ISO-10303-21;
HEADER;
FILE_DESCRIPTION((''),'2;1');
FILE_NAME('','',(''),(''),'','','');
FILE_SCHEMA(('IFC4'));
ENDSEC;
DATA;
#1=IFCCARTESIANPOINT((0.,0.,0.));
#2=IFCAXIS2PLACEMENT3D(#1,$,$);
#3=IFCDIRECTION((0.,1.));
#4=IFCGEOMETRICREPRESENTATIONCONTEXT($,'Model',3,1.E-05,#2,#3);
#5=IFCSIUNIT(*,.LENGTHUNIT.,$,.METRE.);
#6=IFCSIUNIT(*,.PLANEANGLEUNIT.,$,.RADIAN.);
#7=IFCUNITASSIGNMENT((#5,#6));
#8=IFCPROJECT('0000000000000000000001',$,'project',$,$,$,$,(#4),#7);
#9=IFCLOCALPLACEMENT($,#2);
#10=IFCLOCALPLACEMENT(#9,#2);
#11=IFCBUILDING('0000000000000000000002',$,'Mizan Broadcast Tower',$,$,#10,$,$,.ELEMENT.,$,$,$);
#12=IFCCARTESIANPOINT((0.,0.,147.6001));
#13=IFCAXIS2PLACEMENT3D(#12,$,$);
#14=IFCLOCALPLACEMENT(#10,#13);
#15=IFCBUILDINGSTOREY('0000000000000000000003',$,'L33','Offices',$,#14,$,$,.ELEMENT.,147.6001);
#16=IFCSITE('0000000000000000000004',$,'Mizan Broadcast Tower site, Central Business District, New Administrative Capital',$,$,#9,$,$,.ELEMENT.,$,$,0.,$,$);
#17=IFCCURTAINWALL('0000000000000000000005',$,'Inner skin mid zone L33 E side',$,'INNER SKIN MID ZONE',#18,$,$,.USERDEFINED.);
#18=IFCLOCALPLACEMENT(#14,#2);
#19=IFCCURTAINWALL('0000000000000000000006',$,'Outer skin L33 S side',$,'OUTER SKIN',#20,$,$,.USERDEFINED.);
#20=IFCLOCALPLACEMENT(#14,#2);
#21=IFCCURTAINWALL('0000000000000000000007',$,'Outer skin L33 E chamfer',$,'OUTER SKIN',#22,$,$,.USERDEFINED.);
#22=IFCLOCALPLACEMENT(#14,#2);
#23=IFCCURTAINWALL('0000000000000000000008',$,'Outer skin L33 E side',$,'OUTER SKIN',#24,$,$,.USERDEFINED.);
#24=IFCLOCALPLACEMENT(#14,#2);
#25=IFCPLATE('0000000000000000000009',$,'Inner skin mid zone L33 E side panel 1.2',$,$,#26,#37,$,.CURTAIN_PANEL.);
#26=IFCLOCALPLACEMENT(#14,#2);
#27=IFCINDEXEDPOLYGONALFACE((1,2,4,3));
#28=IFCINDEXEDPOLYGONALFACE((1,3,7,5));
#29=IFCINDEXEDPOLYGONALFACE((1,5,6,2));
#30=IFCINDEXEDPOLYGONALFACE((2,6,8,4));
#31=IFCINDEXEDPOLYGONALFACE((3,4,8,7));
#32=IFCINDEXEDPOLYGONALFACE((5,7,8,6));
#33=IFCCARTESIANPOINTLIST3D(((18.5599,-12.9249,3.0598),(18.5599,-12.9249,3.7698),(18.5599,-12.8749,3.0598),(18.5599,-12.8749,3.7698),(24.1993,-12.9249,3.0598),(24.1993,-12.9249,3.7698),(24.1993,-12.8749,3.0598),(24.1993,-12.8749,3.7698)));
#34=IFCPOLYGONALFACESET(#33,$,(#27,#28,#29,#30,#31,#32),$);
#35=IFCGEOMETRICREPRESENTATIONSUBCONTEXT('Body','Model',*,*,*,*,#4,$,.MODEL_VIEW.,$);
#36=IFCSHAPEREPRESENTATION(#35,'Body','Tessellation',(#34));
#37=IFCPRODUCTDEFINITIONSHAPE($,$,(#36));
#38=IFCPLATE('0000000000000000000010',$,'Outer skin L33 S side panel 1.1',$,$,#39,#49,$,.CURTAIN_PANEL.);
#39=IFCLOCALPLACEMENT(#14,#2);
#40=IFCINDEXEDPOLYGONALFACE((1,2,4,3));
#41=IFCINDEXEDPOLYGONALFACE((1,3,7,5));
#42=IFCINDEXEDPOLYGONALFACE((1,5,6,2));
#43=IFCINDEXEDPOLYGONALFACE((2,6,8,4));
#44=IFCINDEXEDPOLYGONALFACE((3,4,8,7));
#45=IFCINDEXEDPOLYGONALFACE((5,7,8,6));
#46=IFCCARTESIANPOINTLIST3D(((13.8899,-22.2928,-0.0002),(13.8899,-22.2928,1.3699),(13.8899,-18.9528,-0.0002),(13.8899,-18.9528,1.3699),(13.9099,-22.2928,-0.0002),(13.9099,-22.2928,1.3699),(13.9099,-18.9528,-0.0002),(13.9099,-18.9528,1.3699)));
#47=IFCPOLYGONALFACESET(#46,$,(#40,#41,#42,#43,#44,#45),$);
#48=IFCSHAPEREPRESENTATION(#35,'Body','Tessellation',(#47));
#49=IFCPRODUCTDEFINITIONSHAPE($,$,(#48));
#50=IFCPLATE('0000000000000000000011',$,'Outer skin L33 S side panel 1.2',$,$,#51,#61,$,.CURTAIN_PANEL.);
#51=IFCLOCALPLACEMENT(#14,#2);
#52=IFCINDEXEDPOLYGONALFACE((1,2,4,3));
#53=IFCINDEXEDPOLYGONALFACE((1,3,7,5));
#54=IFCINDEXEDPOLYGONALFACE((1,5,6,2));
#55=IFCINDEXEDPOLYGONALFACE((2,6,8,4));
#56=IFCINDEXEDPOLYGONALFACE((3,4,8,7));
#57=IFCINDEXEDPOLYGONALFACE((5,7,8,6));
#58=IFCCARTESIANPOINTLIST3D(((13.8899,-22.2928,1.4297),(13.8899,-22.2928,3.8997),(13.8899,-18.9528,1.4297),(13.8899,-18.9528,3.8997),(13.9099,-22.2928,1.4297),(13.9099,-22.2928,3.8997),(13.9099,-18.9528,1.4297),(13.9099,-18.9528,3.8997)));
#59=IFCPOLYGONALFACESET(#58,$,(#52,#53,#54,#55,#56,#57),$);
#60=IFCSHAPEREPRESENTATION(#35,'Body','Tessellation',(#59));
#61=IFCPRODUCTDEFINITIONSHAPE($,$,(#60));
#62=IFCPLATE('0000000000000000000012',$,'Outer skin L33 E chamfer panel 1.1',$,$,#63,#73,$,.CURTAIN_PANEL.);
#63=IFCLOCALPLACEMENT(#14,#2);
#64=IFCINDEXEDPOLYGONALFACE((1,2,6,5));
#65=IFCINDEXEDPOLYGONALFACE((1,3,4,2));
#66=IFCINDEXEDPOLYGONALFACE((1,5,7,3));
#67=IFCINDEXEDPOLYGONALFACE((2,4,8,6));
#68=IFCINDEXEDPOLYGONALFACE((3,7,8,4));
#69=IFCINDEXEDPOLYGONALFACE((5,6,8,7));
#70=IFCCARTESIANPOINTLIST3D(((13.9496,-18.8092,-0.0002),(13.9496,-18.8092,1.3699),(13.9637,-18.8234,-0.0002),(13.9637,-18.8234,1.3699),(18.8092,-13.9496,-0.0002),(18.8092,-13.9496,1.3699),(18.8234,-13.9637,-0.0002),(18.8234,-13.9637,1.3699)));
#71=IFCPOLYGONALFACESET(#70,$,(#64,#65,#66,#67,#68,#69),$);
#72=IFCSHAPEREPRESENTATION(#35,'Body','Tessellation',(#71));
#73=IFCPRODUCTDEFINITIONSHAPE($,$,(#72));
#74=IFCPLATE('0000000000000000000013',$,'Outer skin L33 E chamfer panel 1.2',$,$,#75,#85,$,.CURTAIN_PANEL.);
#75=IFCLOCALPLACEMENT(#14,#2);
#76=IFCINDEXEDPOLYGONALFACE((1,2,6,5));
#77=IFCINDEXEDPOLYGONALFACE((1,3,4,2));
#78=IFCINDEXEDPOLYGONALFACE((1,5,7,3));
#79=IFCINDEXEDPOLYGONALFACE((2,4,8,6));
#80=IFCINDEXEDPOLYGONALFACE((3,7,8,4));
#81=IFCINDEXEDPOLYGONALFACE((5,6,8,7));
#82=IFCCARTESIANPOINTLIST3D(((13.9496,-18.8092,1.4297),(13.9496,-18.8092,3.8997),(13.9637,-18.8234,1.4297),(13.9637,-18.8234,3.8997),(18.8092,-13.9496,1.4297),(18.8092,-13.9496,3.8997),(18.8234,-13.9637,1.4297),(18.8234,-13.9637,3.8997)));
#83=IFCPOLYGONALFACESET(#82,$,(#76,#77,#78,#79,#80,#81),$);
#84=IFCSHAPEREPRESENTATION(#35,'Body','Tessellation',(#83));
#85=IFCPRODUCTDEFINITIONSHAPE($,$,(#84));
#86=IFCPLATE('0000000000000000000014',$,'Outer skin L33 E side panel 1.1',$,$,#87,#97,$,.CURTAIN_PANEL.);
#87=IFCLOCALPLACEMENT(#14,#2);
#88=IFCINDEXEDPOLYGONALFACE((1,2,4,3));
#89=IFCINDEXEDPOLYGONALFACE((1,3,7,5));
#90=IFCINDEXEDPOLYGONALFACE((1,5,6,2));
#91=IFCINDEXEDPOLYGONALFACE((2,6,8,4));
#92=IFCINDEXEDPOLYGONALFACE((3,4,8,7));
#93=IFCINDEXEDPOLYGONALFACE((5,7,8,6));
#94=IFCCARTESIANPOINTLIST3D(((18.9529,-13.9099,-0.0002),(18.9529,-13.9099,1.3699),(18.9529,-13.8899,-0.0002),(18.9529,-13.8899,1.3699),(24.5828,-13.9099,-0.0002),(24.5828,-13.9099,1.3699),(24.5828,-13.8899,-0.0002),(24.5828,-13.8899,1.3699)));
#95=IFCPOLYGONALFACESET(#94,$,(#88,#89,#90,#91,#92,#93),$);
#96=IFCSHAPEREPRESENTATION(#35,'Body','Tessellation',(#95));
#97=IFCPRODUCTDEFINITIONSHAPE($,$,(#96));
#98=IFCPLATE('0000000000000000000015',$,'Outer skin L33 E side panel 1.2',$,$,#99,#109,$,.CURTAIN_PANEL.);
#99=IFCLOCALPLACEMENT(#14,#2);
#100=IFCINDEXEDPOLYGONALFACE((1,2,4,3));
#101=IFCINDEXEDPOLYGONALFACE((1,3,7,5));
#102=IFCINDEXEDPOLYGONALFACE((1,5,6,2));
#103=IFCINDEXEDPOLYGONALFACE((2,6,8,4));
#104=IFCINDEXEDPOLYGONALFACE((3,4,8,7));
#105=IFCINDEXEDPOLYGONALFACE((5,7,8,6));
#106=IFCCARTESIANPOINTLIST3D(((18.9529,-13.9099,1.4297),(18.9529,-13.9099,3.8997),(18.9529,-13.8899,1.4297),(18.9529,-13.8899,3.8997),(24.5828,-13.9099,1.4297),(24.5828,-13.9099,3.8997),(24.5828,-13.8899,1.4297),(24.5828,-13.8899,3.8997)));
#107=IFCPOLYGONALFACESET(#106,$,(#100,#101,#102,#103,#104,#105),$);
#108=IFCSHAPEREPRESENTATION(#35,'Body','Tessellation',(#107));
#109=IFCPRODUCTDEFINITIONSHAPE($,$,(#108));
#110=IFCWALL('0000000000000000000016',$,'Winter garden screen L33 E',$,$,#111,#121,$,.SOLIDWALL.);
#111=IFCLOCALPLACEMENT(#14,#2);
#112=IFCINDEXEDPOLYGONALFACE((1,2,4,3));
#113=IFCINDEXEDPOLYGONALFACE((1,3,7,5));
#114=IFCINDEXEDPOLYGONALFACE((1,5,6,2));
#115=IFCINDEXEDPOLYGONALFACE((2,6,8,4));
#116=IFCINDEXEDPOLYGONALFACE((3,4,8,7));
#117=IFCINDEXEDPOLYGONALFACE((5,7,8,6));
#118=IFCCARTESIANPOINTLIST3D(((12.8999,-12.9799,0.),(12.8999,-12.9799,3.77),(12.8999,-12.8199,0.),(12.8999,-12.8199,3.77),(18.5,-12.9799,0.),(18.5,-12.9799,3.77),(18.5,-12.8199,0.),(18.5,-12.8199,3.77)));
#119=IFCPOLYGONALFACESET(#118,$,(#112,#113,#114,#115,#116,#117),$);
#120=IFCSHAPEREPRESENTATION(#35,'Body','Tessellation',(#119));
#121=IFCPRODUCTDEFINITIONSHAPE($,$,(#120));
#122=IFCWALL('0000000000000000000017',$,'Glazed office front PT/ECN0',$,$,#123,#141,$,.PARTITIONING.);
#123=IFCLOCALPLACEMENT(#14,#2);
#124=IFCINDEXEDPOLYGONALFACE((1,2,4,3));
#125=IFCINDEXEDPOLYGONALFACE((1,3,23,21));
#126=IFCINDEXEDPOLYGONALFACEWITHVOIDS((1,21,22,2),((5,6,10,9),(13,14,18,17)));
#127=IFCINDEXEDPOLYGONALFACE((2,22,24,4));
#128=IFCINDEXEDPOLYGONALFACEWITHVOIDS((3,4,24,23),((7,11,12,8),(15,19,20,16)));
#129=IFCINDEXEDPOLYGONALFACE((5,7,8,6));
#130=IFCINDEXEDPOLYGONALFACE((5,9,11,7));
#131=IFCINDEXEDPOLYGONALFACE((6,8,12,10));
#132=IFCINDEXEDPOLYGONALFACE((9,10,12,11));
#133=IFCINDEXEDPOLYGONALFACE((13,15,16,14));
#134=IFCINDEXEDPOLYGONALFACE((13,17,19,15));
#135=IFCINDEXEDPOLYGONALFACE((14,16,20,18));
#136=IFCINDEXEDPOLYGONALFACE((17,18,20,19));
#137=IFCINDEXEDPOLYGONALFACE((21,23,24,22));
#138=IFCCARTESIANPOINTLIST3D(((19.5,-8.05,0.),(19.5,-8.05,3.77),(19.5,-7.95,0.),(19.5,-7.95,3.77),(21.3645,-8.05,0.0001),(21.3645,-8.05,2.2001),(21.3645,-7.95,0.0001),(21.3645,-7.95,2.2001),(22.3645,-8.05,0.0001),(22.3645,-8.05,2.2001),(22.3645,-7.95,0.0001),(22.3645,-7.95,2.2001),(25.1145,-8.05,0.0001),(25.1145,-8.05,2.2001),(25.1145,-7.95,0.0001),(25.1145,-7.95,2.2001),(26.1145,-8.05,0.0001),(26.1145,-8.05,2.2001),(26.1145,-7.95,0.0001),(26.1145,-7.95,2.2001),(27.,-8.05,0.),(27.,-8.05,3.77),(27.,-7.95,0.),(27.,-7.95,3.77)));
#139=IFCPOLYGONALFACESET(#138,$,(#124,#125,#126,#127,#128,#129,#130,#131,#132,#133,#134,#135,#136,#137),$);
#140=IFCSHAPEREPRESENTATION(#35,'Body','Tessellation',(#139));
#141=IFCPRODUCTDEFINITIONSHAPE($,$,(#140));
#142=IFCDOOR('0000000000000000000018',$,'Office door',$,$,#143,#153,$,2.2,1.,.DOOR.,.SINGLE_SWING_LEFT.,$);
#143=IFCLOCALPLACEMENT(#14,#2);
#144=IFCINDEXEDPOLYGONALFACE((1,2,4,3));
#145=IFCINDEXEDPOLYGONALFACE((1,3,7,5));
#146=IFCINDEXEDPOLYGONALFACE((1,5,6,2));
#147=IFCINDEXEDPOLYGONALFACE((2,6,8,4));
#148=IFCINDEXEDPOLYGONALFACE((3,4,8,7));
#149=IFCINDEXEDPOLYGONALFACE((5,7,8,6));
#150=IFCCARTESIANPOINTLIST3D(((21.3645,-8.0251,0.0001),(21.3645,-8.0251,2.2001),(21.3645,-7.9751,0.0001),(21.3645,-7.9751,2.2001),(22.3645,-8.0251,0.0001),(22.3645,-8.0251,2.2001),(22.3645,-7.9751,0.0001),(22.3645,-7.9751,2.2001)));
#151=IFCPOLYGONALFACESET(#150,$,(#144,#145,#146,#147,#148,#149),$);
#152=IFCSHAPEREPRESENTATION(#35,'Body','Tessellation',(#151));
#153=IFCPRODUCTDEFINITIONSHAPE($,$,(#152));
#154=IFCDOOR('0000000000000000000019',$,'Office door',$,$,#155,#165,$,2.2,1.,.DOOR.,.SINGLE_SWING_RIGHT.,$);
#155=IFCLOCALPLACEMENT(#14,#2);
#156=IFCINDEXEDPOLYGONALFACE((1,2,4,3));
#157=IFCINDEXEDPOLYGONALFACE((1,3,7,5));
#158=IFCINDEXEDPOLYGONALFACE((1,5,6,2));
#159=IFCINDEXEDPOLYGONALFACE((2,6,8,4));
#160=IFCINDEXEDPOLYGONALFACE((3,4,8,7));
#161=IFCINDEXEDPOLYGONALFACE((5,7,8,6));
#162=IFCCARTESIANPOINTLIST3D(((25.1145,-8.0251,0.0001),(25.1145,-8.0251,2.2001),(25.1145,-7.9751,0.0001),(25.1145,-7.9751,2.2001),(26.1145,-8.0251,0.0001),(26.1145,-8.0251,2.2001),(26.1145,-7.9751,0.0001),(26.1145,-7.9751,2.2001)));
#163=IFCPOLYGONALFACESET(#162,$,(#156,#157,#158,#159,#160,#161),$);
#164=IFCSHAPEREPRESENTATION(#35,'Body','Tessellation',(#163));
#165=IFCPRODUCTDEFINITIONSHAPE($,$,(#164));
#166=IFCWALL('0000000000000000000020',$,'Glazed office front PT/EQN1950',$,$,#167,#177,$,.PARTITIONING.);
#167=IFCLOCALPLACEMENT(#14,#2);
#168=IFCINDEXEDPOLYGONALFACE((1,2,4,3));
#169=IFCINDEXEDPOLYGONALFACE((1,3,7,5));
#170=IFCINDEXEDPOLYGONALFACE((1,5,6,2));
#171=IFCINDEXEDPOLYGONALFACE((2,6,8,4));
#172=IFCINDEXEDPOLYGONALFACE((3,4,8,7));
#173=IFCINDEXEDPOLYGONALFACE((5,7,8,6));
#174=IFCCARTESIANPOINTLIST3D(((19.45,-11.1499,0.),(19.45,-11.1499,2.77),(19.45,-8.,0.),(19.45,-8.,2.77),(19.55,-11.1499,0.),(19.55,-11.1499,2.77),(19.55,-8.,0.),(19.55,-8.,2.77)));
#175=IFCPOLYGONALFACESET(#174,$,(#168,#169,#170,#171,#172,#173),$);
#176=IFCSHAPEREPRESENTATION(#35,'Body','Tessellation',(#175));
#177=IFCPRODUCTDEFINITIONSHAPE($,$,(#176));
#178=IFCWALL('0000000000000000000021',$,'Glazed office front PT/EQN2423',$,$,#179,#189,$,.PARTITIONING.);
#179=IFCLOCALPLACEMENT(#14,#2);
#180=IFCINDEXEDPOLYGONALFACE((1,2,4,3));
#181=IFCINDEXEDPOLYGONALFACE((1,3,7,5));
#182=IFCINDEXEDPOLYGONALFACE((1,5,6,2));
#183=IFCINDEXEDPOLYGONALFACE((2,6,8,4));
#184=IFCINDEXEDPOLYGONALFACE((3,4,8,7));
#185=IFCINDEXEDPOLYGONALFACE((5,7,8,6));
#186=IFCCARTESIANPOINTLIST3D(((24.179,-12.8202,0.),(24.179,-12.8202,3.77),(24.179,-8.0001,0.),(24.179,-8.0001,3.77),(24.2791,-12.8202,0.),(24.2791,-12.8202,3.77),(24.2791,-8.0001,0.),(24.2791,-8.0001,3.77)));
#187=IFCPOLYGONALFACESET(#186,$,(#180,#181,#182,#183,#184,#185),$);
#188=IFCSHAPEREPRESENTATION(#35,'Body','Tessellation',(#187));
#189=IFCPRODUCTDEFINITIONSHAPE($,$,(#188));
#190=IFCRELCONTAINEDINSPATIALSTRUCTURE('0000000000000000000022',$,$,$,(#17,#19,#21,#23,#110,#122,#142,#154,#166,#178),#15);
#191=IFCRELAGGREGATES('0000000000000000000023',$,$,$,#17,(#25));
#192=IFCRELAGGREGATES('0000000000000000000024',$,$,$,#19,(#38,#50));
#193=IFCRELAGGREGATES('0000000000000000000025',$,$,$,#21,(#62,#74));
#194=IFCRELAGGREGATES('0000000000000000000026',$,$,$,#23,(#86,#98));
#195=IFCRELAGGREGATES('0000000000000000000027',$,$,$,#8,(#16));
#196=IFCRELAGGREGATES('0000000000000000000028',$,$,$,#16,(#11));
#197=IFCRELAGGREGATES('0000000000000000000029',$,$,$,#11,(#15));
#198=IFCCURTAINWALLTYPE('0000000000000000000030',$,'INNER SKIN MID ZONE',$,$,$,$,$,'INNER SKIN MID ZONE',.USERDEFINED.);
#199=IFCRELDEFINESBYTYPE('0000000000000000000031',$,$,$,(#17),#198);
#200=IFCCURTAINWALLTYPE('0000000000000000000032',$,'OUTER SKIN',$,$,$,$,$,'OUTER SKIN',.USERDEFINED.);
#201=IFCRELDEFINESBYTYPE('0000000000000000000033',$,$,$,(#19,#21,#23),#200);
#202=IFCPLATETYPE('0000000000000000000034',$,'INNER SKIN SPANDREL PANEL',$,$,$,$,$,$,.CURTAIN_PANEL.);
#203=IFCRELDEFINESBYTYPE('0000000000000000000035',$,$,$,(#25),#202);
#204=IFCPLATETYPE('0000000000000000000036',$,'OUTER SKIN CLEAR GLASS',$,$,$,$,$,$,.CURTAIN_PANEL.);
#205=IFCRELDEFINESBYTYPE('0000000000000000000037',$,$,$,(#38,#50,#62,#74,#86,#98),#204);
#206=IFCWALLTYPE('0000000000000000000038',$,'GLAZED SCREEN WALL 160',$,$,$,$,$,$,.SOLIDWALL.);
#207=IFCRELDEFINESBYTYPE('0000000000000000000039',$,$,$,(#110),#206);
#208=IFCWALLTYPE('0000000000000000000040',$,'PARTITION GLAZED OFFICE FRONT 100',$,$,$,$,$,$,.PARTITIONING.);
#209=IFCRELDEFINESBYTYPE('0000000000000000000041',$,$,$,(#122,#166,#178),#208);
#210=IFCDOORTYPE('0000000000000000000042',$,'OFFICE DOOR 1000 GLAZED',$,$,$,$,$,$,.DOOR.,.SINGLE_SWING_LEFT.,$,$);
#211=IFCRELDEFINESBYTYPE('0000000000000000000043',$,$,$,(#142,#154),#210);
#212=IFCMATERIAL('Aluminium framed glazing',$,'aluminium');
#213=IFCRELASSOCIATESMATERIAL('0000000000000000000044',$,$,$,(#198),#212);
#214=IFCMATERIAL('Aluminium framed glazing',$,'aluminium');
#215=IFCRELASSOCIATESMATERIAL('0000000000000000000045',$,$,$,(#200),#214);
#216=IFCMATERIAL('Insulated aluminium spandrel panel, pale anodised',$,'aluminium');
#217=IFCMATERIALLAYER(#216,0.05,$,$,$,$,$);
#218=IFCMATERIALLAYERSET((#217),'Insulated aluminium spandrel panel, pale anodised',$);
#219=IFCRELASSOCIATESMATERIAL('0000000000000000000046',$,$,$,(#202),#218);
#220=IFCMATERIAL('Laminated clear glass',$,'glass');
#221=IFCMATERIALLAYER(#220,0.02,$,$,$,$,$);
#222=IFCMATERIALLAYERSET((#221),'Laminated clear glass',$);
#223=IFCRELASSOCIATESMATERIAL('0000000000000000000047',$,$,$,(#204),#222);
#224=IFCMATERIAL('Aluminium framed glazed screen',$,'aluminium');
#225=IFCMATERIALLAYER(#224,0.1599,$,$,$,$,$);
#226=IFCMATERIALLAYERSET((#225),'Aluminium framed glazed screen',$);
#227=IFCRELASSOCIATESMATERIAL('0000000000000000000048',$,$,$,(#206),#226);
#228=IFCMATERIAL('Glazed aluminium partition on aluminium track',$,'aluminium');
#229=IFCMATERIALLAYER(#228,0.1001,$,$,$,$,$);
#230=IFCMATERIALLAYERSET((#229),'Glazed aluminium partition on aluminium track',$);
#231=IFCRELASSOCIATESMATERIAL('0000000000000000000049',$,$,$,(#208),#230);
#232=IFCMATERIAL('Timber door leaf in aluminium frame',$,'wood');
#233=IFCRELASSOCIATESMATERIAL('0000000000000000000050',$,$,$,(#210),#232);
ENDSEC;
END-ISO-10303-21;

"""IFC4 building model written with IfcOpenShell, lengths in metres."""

from ifc_helpers import new_model, si_unit, direction, frame, frame_2d, origin, origin_2d, place, context, subcontext, project, spatial, rectangle, extrude, material, layer, layer_set, type_object, element, fill, aggregate, save


model = new_model("IFC4")

# Units and contexts
model_context = context("Model", 3, precision=1e-05, world=origin(), true_north=direction((0.0, 1.0)))
body_context = subcontext(model_context, "Body", "Model", "MODEL_VIEW")
ifc_project = project(units=[si_unit("LENGTHUNIT", "METRE"), si_unit("PLANEANGLEUNIT", "RADIAN")], contexts=[model_context])

# Site, building, storey
site_placement = place(None, origin())
site = spatial("IfcSite", under=ifc_project, at=site_placement, Name="Mizan Broadcast Tower site, Central Business District, New Administrative Capital", CompositionType="ELEMENT", RefElevation=0.0)
building_placement = place(site_placement, origin())
building = spatial("IfcBuilding", under=site, at=building_placement, Name="Mizan Broadcast Tower", CompositionType="ELEMENT")
storey_placement = place(building_placement, frame((0.0, 0.0, 147.6001)))
storey = spatial("IfcBuildingStorey", under=building, at=storey_placement, Name="L33", Description="Offices", CompositionType="ELEMENT", Elevation=147.6001)

# Curtain wall
ifc_material_1 = material(Name="Aluminium framed glazing", Category="aluminium")
curtain_wall_type_1 = type_object("IfcCurtainWallType", Name="INNER SKIN MID ZONE", ElementType="INNER SKIN MID ZONE", PredefinedType="USERDEFINED", material=ifc_material_1)
curtain_wall_1_placement = place(storey_placement, origin())
curtain_wall_1 = element("IfcCurtainWall", 1, at=curtain_wall_1_placement, inside=storey, type_object=curtain_wall_type_1, Name="Inner skin mid zone L33 E side", ObjectType="INNER SKIN MID ZONE", PredefinedType="USERDEFINED")

# Curtain walls
ifc_material_2 = material(Name="Aluminium framed glazing", Category="aluminium")
curtain_wall_type_2 = type_object("IfcCurtainWallType", Name="OUTER SKIN", ElementType="OUTER SKIN", PredefinedType="USERDEFINED", material=ifc_material_2)
curtain_wall_2_placement = place(storey_placement, origin())
curtain_wall_2 = element("IfcCurtainWall", 2, at=curtain_wall_2_placement, inside=storey, type_object=curtain_wall_type_2, Name="Outer skin L33 S side", ObjectType="OUTER SKIN", PredefinedType="USERDEFINED")
curtain_wall_3_placement = place(storey_placement, origin())
curtain_wall_3 = element("IfcCurtainWall", 3, at=curtain_wall_3_placement, inside=storey, type_object=curtain_wall_type_2, Name="Outer skin L33 E chamfer", ObjectType="OUTER SKIN", PredefinedType="USERDEFINED")
curtain_wall_4_placement = place(storey_placement, origin())
curtain_wall_4 = element("IfcCurtainWall", 4, at=curtain_wall_4_placement, inside=storey, type_object=curtain_wall_type_2, Name="Outer skin L33 E side", ObjectType="OUTER SKIN", PredefinedType="USERDEFINED")

# Plates
ifc_material_3 = material(Name="Insulated aluminium spandrel panel, pale anodised", Category="aluminium")
ifc_layer_1 = layer(ifc_material_3, 0.05)
ifc_layer_set_1 = layer_set([ifc_layer_1], Name="Insulated aluminium spandrel panel, pale anodised")
plate_type_1 = type_object("IfcPlateType", Name="INNER SKIN SPANDREL PANEL", PredefinedType="CURTAIN_PANEL", material=ifc_layer_set_1)
plate_1_placement = place(storey_placement, frame((21.3796, -12.8999, 3.0598), z_axis=(0.0, 0.0, 1.0), x_axis=(1.0, 0.0, 0.0)))
plate_1 = element("IfcPlate", 5, at=plate_1_placement, type_object=plate_type_1, Name="Inner skin mid zone L33 E side panel 1.2", PredefinedType="CURTAIN_PANEL", context=body_context, shape_type="SweptSolid", body=[
    extrude(rectangle(XDim=5.6394, YDim=0.05, at=origin_2d()), origin(), (0.0, 0.0, 1.0), 0.71),
])
aggregate(curtain_wall_1, [plate_1])
ifc_material_4 = material(Name="Laminated clear glass", Category="glass")
ifc_layer_2 = layer(ifc_material_4, 0.02)
ifc_layer_set_2 = layer_set([ifc_layer_2], Name="Laminated clear glass")
plate_type_2 = type_object("IfcPlateType", Name="OUTER SKIN CLEAR GLASS", PredefinedType="CURTAIN_PANEL", material=ifc_layer_set_2)
plate_2_placement = place(storey_placement, frame((13.8999, -20.6228, -0.0002), z_axis=(0.0, 0.0, 1.0), x_axis=(0.0, 1.0, 0.0)))
plate_2 = element("IfcPlate", 6, at=plate_2_placement, type_object=plate_type_2, Name="Outer skin L33 S side panel 1.1", PredefinedType="CURTAIN_PANEL", context=body_context, shape_type="SweptSolid", body=[
    extrude(rectangle(XDim=3.3401, YDim=0.02, at=origin_2d()), origin(), (0.0, 0.0, 1.0), 1.3701),
])
plate_3_placement = place(storey_placement, frame((13.8999, -20.6228, 1.4297), z_axis=(0.0, 0.0, 1.0), x_axis=(0.0, 1.0, 0.0)))
plate_3 = element("IfcPlate", 7, at=plate_3_placement, type_object=plate_type_2, Name="Outer skin L33 S side panel 1.2", PredefinedType="CURTAIN_PANEL", context=body_context, shape_type="SweptSolid", body=[
    extrude(rectangle(XDim=3.3401, YDim=0.02, at=origin_2d()), origin(), (0.0, 0.0, 1.0), 2.47),
])
aggregate(curtain_wall_2, [plate_2, plate_3])
plate_4_placement = place(storey_placement, frame((16.3865, -16.3865, -0.0002), z_axis=(0.0, 0.0, 1.0), x_axis=(0.707107, 0.707107, 0.0)))
plate_4 = element("IfcPlate", 8, at=plate_4_placement, type_object=plate_type_2, Name="Outer skin L33 E chamfer panel 1.1", PredefinedType="CURTAIN_PANEL", context=body_context, shape_type="SweptSolid", body=[
    extrude(rectangle(XDim=6.8726, YDim=0.02, at=origin_2d()), origin(), (0.0, 0.0, 1.0), 1.3701),
])
plate_5_placement = place(storey_placement, frame((16.3865, -16.3865, 1.4297), z_axis=(0.0, 0.0, 1.0), x_axis=(0.707107, 0.707107, 0.0)))
plate_5 = element("IfcPlate", 9, at=plate_5_placement, type_object=plate_type_2, Name="Outer skin L33 E chamfer panel 1.2", PredefinedType="CURTAIN_PANEL", context=body_context, shape_type="SweptSolid", body=[
    extrude(rectangle(XDim=6.8726, YDim=0.02, at=origin_2d()), origin(), (0.0, 0.0, 1.0), 2.47),
])
aggregate(curtain_wall_3, [plate_4, plate_5])
plate_6_placement = place(storey_placement, frame((21.7678, -13.8999, -0.0002), z_axis=(0.0, 0.0, 1.0), x_axis=(1.0, 0.0, 0.0)))
plate_6 = element("IfcPlate", 10, at=plate_6_placement, type_object=plate_type_2, Name="Outer skin L33 E side panel 1.1", PredefinedType="CURTAIN_PANEL", context=body_context, shape_type="SweptSolid", body=[
    extrude(rectangle(XDim=5.6299, YDim=0.02, at=origin_2d()), origin(), (0.0, 0.0, 1.0), 1.3701),
])
plate_7_placement = place(storey_placement, frame((21.7678, -13.8999, 1.4297), z_axis=(0.0, 0.0, 1.0), x_axis=(1.0, 0.0, 0.0)))
plate_7 = element("IfcPlate", 11, at=plate_7_placement, type_object=plate_type_2, Name="Outer skin L33 E side panel 1.2", PredefinedType="CURTAIN_PANEL", context=body_context, shape_type="SweptSolid", body=[
    extrude(rectangle(XDim=5.6299, YDim=0.02, at=origin_2d()), origin(), (0.0, 0.0, 1.0), 2.47),
])
aggregate(curtain_wall_4, [plate_6, plate_7])

# Wall
ifc_material_5 = material(Name="Aluminium framed glazed screen", Category="aluminium")
ifc_layer_3 = layer(ifc_material_5, 0.1599)
ifc_layer_set_3 = layer_set([ifc_layer_3], Name="Aluminium framed glazed screen")
wall_type_1 = type_object("IfcWallType", Name="GLAZED SCREEN WALL 160", PredefinedType="SOLIDWALL", material=ifc_layer_set_3)
wall_1_placement = place(storey_placement, frame((12.8999, -12.8999, 0.0), z_axis=(0.0, 0.0, 1.0), x_axis=(1.0, 0.0, 0.0)))
element("IfcWall", 12, at=wall_1_placement, inside=storey, type_object=wall_type_1, Name="Winter garden screen L33 E", PredefinedType="SOLIDWALL", context=body_context, shape_type="SweptSolid", body=[
    extrude(rectangle(XDim=5.6001, YDim=0.1599, at=frame_2d((2.8, 0.0))), origin(), (0.0, 0.0, 1.0), 3.77),
])

# Wall, openings, doors
ifc_material_6 = material(Name="Glazed aluminium partition on aluminium track", Category="aluminium")
ifc_layer_4 = layer(ifc_material_6, 0.1001)
ifc_layer_set_4 = layer_set([ifc_layer_4], Name="Glazed aluminium partition on aluminium track")
wall_type_2 = type_object("IfcWallType", Name="PARTITION GLAZED OFFICE FRONT 100", PredefinedType="PARTITIONING", material=ifc_layer_set_4)
wall_2_placement = place(storey_placement, frame((19.5, -8.0, 0.0), z_axis=(0.0, 0.0, 1.0), x_axis=(1.0, 0.0, 0.0)))
wall_2 = element("IfcWall", 13, at=wall_2_placement, inside=storey, type_object=wall_type_2, Name="Glazed office front PT/ECN0", PredefinedType="PARTITIONING", context=body_context, shape_type="SweptSolid", body=[
    extrude(rectangle(XDim=7.5, YDim=0.1001, at=frame_2d((3.75, 0.0))), origin(), (0.0, 0.0, 1.0), 3.77),
])
opening_1_placement = place(wall_2_placement, frame((1.8645, 0.0, 0.0)))
opening_1 = element("IfcOpeningElement", 14, at=opening_1_placement, cuts=wall_2, PredefinedType="OPENING", context=body_context, shape_type="SweptSolid", body=[
    extrude(rectangle(XDim=1.0, YDim=2.2, at=frame_2d((0.5, 1.1001))), frame((0.0, 0.0601, 0.0), z_axis=(0.0, -1.0, 0.0), x_axis=(1.0, 0.0, 0.0)), (0.0, 0.0, 1.0), 0.1201),
])
opening_2_placement = place(wall_2_placement, frame((5.6145, 0.0, 0.0)))
opening_2 = element("IfcOpeningElement", 15, at=opening_2_placement, cuts=wall_2, PredefinedType="OPENING", context=body_context, shape_type="SweptSolid", body=[
    extrude(rectangle(XDim=1.0, YDim=2.2, at=frame_2d((0.5, 1.1001))), frame((0.0, 0.0601, 0.0), z_axis=(0.0, -1.0, 0.0), x_axis=(1.0, 0.0, 0.0)), (0.0, 0.0, 1.0), 0.1201),
])
ifc_material_7 = material(Name="Timber door leaf in aluminium frame", Category="wood")
door_type = type_object("IfcDoorType", Name="OFFICE DOOR 1000 GLAZED", OperationType="SINGLE_SWING_LEFT", PredefinedType="DOOR", material=ifc_material_7)
door_1_placement = place(opening_1_placement, origin())
door_1 = element("IfcDoor", 16, at=door_1_placement, inside=storey, type_object=door_type, Name="Office door", OperationType="SINGLE_SWING_LEFT", OverallHeight=2.2, OverallWidth=1.0, PredefinedType="DOOR", context=body_context, shape_type="SweptSolid", body=[
    extrude(rectangle(XDim=1.0, YDim=2.2, at=frame_2d((0.5, 1.1001))), frame((0.0, 0.0249, 0.0), z_axis=(0.0, -1.0, 0.0), x_axis=(1.0, 0.0, 0.0)), (0.0, 0.0, 1.0), 0.05),
])
fill(opening_1, door_1)
door_2_placement = place(opening_2_placement, origin())
door_2 = element("IfcDoor", 17, at=door_2_placement, inside=storey, type_object=door_type, Name="Office door", OperationType="SINGLE_SWING_RIGHT", OverallHeight=2.2, OverallWidth=1.0, PredefinedType="DOOR", context=body_context, shape_type="SweptSolid", body=[
    extrude(rectangle(XDim=1.0, YDim=2.2, at=frame_2d((0.5, 1.1001))), frame((0.0, 0.0249, 0.0), z_axis=(0.0, -1.0, 0.0), x_axis=(1.0, 0.0, 0.0)), (0.0, 0.0, 1.0), 0.05),
])
fill(opening_2, door_2)

# Walls
wall_3_placement = place(storey_placement, frame((19.5, -8.0, 0.0), z_axis=(0.0, 0.0, 1.0), x_axis=(0.0, -1.0, 0.0)))
element("IfcWall", 18, at=wall_3_placement, inside=storey, type_object=wall_type_2, Name="Glazed office front PT/EQN1950", PredefinedType="PARTITIONING", context=body_context, shape_type="SweptSolid", body=[
    extrude(rectangle(XDim=3.1499, YDim=0.1001, at=frame_2d((1.575, 0.0))), origin(), (0.0, 0.0, 1.0), 2.77),
])
wall_4_placement = place(storey_placement, frame((24.229, -8.0, 0.0), z_axis=(0.0, 0.0, 1.0), x_axis=(0.0, -1.0, 0.0)))
element("IfcWall", 19, at=wall_4_placement, inside=storey, type_object=wall_type_2, Name="Glazed office front PT/EQN2423", PredefinedType="PARTITIONING", context=body_context, shape_type="SweptSolid", body=[
    extrude(rectangle(XDim=4.8201, YDim=0.1001, at=frame_2d((2.4102, 0.0))), origin(), (0.0, 0.0, 1.0), 3.77),
])

save(model, "model.ifc")
